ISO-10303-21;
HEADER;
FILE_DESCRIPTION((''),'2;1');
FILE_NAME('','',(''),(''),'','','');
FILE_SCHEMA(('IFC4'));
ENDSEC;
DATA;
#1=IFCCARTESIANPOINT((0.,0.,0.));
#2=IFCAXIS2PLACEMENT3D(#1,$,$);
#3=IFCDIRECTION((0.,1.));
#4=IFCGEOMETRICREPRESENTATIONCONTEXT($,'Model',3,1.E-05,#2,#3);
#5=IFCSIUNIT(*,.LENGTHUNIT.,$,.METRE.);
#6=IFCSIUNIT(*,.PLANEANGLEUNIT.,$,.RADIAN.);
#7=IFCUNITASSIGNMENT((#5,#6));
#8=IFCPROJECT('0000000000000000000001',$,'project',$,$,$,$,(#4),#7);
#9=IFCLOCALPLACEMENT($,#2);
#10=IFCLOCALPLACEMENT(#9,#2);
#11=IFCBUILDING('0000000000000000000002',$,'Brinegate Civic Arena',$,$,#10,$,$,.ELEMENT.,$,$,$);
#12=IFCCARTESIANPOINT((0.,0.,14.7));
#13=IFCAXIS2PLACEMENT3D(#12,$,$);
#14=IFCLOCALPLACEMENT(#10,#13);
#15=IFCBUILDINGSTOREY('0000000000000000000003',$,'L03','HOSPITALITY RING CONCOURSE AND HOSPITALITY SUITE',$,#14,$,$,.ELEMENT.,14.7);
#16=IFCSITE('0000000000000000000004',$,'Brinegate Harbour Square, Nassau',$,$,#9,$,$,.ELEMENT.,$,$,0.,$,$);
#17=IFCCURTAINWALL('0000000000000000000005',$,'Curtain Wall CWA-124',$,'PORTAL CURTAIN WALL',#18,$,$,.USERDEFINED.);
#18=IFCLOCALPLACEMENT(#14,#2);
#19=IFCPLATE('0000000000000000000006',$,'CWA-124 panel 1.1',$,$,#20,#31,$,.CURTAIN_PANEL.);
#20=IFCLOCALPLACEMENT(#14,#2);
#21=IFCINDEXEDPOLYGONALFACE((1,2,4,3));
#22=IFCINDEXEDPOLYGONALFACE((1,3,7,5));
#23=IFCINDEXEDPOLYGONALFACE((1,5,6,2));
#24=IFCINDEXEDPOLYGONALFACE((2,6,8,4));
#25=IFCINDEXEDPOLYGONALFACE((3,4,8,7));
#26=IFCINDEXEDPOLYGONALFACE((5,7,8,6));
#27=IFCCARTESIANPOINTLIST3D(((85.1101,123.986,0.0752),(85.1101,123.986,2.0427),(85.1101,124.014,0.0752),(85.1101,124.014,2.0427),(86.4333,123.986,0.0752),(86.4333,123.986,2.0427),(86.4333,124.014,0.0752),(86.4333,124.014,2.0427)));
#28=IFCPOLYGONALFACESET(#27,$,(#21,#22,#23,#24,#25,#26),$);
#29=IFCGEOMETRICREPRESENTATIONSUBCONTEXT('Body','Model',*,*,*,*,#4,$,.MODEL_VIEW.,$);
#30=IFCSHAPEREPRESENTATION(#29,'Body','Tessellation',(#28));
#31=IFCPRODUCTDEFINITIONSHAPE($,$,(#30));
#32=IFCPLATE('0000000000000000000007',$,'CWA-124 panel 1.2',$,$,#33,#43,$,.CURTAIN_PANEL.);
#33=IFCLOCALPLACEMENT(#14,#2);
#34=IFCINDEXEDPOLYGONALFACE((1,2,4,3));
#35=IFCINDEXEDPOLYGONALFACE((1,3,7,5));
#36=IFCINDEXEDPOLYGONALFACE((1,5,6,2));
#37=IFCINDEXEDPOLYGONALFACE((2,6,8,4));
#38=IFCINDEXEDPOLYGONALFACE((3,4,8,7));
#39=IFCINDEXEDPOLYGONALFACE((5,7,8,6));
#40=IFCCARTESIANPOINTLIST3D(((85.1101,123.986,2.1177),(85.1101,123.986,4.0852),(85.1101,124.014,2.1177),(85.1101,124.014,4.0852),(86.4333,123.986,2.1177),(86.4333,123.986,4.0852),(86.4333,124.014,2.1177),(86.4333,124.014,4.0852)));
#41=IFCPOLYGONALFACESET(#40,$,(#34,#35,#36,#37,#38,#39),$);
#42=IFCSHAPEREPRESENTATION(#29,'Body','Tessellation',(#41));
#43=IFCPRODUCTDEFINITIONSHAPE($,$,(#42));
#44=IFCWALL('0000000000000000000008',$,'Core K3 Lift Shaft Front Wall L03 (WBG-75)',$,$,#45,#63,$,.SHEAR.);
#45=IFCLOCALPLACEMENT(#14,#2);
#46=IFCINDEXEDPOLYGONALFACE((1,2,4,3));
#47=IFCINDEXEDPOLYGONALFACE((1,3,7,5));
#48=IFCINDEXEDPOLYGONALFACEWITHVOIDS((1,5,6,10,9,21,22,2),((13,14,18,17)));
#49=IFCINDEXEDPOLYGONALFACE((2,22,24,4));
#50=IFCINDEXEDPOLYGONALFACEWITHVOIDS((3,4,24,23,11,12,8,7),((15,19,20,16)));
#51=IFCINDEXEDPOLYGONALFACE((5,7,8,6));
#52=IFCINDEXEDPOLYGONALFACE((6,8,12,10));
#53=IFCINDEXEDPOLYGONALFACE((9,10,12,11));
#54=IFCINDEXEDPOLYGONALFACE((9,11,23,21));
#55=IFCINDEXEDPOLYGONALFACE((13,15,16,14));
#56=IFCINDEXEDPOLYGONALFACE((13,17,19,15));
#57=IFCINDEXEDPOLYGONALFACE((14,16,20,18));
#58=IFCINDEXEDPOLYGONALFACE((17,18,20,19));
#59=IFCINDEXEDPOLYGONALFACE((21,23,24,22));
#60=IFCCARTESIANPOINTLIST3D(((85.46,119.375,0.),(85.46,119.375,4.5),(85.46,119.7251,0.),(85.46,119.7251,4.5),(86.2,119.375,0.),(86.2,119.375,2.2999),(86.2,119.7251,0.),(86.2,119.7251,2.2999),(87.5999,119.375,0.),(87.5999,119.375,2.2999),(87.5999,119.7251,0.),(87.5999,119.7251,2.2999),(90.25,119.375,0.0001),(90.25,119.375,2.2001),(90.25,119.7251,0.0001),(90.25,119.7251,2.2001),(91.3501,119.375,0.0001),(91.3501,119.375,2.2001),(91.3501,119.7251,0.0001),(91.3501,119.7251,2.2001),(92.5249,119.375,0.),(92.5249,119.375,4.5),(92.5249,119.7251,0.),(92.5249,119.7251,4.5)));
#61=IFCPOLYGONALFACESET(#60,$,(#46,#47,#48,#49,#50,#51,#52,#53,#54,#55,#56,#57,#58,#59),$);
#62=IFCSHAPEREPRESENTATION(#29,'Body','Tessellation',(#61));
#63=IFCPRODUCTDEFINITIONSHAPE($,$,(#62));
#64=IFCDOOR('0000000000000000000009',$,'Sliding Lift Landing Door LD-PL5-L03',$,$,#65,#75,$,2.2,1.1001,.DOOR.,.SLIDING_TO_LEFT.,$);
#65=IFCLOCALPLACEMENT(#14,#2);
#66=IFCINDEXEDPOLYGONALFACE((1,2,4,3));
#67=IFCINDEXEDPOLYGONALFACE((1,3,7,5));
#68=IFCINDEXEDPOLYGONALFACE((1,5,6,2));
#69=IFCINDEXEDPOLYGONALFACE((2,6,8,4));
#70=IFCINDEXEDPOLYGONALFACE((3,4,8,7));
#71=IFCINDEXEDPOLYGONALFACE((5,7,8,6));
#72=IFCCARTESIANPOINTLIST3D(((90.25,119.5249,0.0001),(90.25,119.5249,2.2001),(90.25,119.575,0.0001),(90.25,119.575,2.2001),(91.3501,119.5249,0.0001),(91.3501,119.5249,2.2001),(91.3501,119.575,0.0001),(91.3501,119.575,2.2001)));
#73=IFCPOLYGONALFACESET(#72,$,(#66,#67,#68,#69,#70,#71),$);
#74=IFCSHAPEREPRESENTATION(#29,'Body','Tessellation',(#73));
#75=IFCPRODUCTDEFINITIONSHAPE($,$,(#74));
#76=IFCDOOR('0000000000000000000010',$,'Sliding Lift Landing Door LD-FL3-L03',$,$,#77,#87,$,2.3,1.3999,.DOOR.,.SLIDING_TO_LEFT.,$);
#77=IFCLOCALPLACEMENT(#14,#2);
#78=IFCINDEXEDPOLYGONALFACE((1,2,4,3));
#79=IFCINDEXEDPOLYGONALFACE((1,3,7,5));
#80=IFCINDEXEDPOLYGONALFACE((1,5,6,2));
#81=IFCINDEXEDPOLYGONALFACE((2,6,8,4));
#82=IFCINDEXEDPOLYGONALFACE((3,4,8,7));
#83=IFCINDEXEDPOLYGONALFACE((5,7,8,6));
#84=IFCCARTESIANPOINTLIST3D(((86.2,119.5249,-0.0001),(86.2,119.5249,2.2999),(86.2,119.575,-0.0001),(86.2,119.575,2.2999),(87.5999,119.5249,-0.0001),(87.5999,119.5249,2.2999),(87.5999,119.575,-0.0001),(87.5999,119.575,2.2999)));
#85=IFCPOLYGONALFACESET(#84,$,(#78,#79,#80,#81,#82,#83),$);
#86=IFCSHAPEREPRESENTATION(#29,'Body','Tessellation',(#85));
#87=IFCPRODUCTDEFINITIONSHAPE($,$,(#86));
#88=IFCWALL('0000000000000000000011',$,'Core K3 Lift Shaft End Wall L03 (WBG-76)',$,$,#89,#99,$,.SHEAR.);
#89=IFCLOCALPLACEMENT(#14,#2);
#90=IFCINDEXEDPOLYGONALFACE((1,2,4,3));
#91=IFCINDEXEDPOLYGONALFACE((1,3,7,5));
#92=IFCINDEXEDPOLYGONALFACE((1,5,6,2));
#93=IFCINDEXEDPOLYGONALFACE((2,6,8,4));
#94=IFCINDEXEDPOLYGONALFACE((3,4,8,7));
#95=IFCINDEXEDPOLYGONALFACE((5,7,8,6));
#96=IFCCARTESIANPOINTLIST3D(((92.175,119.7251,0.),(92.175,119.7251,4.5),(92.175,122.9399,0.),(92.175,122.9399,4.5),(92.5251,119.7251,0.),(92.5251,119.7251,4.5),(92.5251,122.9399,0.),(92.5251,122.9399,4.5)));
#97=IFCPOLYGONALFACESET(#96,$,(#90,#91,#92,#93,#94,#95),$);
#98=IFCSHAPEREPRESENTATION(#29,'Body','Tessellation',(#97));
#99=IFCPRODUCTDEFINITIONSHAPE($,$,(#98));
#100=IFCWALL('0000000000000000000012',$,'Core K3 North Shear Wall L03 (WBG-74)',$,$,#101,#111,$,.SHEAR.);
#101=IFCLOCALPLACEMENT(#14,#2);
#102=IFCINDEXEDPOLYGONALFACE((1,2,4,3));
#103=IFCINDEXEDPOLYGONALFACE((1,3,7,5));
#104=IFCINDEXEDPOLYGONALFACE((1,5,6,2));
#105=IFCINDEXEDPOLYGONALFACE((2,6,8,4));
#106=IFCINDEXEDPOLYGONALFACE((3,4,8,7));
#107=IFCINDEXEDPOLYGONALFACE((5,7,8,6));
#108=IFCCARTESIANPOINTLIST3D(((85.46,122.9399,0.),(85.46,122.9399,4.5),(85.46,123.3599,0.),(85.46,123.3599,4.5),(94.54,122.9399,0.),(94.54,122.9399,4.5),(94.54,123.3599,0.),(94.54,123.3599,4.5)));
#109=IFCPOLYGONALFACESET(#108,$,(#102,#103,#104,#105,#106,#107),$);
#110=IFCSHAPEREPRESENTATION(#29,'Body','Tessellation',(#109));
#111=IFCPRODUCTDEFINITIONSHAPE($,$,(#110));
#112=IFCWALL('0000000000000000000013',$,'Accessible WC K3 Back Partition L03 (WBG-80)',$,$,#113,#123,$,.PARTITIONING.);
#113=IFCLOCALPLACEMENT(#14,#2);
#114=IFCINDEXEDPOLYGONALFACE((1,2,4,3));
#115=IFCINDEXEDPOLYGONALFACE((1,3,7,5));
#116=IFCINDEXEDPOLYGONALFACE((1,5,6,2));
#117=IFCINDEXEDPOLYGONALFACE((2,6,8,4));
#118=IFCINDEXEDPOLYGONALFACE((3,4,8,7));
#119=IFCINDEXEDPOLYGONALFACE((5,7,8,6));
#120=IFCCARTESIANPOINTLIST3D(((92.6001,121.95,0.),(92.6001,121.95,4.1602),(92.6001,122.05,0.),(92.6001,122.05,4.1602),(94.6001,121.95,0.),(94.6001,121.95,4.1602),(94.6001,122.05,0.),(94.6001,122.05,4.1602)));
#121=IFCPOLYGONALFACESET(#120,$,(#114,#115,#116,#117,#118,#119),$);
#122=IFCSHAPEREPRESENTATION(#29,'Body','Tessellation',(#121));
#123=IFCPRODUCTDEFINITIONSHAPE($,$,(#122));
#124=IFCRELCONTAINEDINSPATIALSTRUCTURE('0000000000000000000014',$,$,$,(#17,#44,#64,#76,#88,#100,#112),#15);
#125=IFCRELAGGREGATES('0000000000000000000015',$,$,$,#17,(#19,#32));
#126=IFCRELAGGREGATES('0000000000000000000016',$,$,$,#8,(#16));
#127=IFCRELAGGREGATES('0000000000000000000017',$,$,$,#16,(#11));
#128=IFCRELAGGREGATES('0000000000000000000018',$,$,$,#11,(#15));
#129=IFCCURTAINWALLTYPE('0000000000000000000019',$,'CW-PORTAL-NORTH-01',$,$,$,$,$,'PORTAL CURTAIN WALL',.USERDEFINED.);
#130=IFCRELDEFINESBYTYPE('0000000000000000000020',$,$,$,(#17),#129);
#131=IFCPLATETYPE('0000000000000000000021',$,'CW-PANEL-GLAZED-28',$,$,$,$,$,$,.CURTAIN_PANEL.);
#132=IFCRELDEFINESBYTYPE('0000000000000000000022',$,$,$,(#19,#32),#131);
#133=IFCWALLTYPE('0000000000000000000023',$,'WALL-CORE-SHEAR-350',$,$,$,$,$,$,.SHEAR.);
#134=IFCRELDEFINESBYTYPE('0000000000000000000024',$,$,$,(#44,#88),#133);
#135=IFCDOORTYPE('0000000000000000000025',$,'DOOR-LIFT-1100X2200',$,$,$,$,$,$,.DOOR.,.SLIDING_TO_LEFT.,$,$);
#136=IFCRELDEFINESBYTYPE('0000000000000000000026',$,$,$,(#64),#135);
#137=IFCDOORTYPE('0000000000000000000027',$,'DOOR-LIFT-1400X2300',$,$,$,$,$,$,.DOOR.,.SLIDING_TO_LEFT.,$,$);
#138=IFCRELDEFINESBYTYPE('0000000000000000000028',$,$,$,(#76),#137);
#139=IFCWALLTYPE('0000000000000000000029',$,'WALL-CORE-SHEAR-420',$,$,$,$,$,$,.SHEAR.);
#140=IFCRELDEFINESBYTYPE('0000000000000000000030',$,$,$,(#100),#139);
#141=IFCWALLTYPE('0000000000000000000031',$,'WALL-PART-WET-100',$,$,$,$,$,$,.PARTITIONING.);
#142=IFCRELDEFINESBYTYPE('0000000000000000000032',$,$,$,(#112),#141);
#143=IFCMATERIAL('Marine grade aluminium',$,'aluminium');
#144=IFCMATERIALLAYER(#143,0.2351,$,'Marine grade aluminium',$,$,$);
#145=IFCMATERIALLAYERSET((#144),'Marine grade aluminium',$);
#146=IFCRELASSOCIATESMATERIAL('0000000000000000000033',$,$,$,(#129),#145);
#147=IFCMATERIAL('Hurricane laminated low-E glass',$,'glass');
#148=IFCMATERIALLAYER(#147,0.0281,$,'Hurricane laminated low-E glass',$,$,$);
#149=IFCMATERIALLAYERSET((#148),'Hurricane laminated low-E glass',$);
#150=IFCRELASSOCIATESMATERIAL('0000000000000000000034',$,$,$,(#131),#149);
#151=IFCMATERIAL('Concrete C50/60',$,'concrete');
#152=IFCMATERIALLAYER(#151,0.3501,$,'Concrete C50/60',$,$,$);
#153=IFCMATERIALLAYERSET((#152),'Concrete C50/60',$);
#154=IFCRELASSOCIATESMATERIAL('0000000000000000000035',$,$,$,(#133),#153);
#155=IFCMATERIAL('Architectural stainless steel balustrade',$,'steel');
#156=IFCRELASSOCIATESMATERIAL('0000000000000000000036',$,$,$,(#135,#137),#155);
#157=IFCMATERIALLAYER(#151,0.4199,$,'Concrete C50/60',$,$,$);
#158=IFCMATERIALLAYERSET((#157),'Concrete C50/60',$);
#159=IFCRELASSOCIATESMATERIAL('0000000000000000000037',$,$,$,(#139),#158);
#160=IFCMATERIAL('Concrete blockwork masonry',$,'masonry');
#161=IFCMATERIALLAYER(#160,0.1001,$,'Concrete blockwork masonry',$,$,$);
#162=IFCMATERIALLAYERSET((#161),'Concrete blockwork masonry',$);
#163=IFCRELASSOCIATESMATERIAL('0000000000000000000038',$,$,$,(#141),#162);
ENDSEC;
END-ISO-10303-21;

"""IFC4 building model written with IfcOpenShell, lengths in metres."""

from ifc_helpers import new_model, si_unit, direction, frame, frame_2d, origin, origin_2d, place, context, subcontext, project, spatial, rectangle, extrude, material, layer, layer_set, type_object, element, fill, aggregate, save


model = new_model("IFC4")

# Units and contexts
model_context = context("Model", 3, precision=1e-05, world=origin(), true_north=direction((0.0, 1.0)))
body_context = subcontext(model_context, "Body", "Model", "MODEL_VIEW")
ifc_project = project(units=[si_unit("LENGTHUNIT", "METRE"), si_unit("PLANEANGLEUNIT", "RADIAN")], contexts=[model_context])

# Site, building, storey
site_placement = place(None, origin())
site = spatial("IfcSite", under=ifc_project, at=site_placement, Name="Brinegate Harbour Square, Nassau", CompositionType="ELEMENT", RefElevation=0.0)
building_placement = place(site_placement, origin())
building = spatial("IfcBuilding", under=site, at=building_placement, Name="Brinegate Civic Arena", CompositionType="ELEMENT")
storey_placement = place(building_placement, frame((0.0, 0.0, 14.7)))
storey = spatial("IfcBuildingStorey", under=building, at=storey_placement, Name="L03", Description="HOSPITALITY RING CONCOURSE AND HOSPITALITY SUITE", CompositionType="ELEMENT", Elevation=14.7)

# Curtain wall
ifc_material_1 = material(Name="Marine grade aluminium", Category="aluminium")
ifc_layer_1 = layer(ifc_material_1, 0.2351, Name="Marine grade aluminium")
ifc_layer_set_1 = layer_set([ifc_layer_1], Name="Marine grade aluminium")
curtain_wall_type = type_object("IfcCurtainWallType", Name="CW-PORTAL-NORTH-01", ElementType="PORTAL CURTAIN WALL", PredefinedType="USERDEFINED", material=ifc_layer_set_1)
curtain_wall_placement = place(storey_placement, origin())
curtain_wall = element("IfcCurtainWall", 1, at=curtain_wall_placement, inside=storey, type_object=curtain_wall_type, Name="Curtain Wall CWA-124", ObjectType="PORTAL CURTAIN WALL", PredefinedType="USERDEFINED")

# Plates
ifc_material_2 = material(Name="Hurricane laminated low-E glass", Category="glass")
ifc_layer_2 = layer(ifc_material_2, 0.0281, Name="Hurricane laminated low-E glass")
ifc_layer_set_2 = layer_set([ifc_layer_2], Name="Hurricane laminated low-E glass")
plate_type = type_object("IfcPlateType", Name="CW-PANEL-GLAZED-28", PredefinedType="CURTAIN_PANEL", material=ifc_layer_set_2)
plate_1_placement = place(storey_placement, frame((85.7717, 124.0, 0.0752), z_axis=(0.0, 0.0, 1.0), x_axis=(1.0, 0.0, 0.0)))
plate_1 = element("IfcPlate", 2, at=plate_1_placement, type_object=plate_type, Name="CWA-124 panel 1.1", PredefinedType="CURTAIN_PANEL", context=body_context, shape_type="SweptSolid", body=[
    extrude(rectangle(XDim=1.3232, YDim=0.0281, at=origin_2d()), origin(), (0.0, 0.0, 1.0), 1.9675),
])
plate_2_placement = place(storey_placement, frame((85.7717, 124.0, 2.1177), z_axis=(0.0, 0.0, 1.0), x_axis=(1.0, 0.0, 0.0)))
plate_2 = element("IfcPlate", 3, at=plate_2_placement, type_object=plate_type, Name="CWA-124 panel 1.2", PredefinedType="CURTAIN_PANEL", context=body_context, shape_type="SweptSolid", body=[
    extrude(rectangle(XDim=1.3232, YDim=0.0281, at=origin_2d()), origin(), (0.0, 0.0, 1.0), 1.9675),
])
aggregate(curtain_wall, [plate_1, plate_2])

# Wall, openings, doors
ifc_material_3 = material(Name="Concrete C50/60", Category="concrete")
ifc_layer_3 = layer(ifc_material_3, 0.3501, Name="Concrete C50/60")
ifc_layer_set_3 = layer_set([ifc_layer_3], Name="Concrete C50/60")
wall_type_1 = type_object("IfcWallType", Name="WALL-CORE-SHEAR-350", PredefinedType="SHEAR", material=ifc_layer_set_3)
wall_1_placement = place(storey_placement, frame((85.46, 119.55, 0.0), z_axis=(0.0, 0.0, 1.0), x_axis=(1.0, 0.0, 0.0)))
wall_1 = element("IfcWall", 4, at=wall_1_placement, inside=storey, type_object=wall_type_1, Name="Core K3 Lift Shaft Front Wall L03 (WBG-75)", PredefinedType="SHEAR", context=body_context, shape_type="SweptSolid", body=[
    extrude(rectangle(XDim=7.0649, YDim=0.3501, at=frame_2d((3.5325, 0.0))), origin(), (0.0, 0.0, 1.0), 4.5),
])
opening_1_placement = place(wall_1_placement, frame((0.74, 0.0, 0.0)))
opening_1 = element("IfcOpeningElement", 5, at=opening_1_placement, cuts=wall_1, PredefinedType="OPENING", context=body_context, shape_type="SweptSolid", body=[
    extrude(rectangle(XDim=1.3999, YDim=2.3, at=frame_2d((0.7, 1.1499))), frame((0.0, 0.1851, 0.0), z_axis=(0.0, -1.0, 0.0), x_axis=(1.0, 0.0, 0.0)), (0.0, 0.0, 1.0), 0.3701),
])
opening_2_placement = place(wall_1_placement, frame((4.79, 0.0, 0.0)))
opening_2 = element("IfcOpeningElement", 6, at=opening_2_placement, cuts=wall_1, PredefinedType="OPENING", context=body_context, shape_type="SweptSolid", body=[
    extrude(rectangle(XDim=1.1001, YDim=2.2, at=frame_2d((0.55, 1.1001))), frame((0.0, 0.1851, 0.0), z_axis=(0.0, -1.0, 0.0), x_axis=(1.0, 0.0, 0.0)), (0.0, 0.0, 1.0), 0.3701),
])
ifc_material_4 = material(Name="Architectural stainless steel balustrade", Category="steel")
door_type_1 = type_object("IfcDoorType", Name="DOOR-LIFT-1100X2200", OperationType="SLIDING_TO_LEFT", PredefinedType="DOOR", material=ifc_material_4)
door_1_placement = place(opening_2_placement, origin())
door_1 = element("IfcDoor", 7, at=door_1_placement, inside=storey, type_object=door_type_1, Name="Sliding Lift Landing Door LD-PL5-L03", OperationType="SLIDING_TO_LEFT", OverallHeight=2.2, OverallWidth=1.1001, PredefinedType="DOOR", context=body_context, shape_type="SweptSolid", body=[
    extrude(rectangle(XDim=1.1001, YDim=2.2, at=frame_2d((0.55, 1.1001))), frame((0.0, 0.0249, 0.0), z_axis=(0.0, -1.0, 0.0), x_axis=(1.0, 0.0, 0.0)), (0.0, 0.0, 1.0), 0.05),
])
fill(opening_2, door_1)
door_type_2 = type_object("IfcDoorType", Name="DOOR-LIFT-1400X2300", OperationType="SLIDING_TO_LEFT", PredefinedType="DOOR", material=ifc_material_4)
door_2_placement = place(opening_1_placement, origin())
door_2 = element("IfcDoor", 8, at=door_2_placement, inside=storey, type_object=door_type_2, Name="Sliding Lift Landing Door LD-FL3-L03", OperationType="SLIDING_TO_LEFT", OverallHeight=2.3, OverallWidth=1.3999, PredefinedType="DOOR", context=body_context, shape_type="SweptSolid", body=[
    extrude(rectangle(XDim=1.3999, YDim=2.3, at=frame_2d((0.7, 1.1499))), frame((0.0, 0.0249, 0.0), z_axis=(0.0, -1.0, 0.0), x_axis=(1.0, 0.0, 0.0)), (0.0, 0.0, 1.0), 0.05),
])
fill(opening_1, door_2)

# Walls
wall_2_placement = place(storey_placement, frame((92.3501, 119.7251, 0.0), z_axis=(0.0, 0.0, 1.0), x_axis=(0.0, 1.0, 0.0)))
element("IfcWall", 9, at=wall_2_placement, inside=storey, type_object=wall_type_1, Name="Core K3 Lift Shaft End Wall L03 (WBG-76)", PredefinedType="SHEAR", context=body_context, shape_type="SweptSolid", body=[
    extrude(rectangle(XDim=3.2148, YDim=0.3501, at=frame_2d((1.6074, 0.0))), origin(), (0.0, 0.0, 1.0), 4.5),
])
ifc_layer_4 = layer(ifc_material_3, 0.4199, Name="Concrete C50/60")
ifc_layer_set_4 = layer_set([ifc_layer_4], Name="Concrete C50/60")
wall_type_2 = type_object("IfcWallType", Name="WALL-CORE-SHEAR-420", PredefinedType="SHEAR", material=ifc_layer_set_4)
wall_3_placement = place(storey_placement, frame((85.46, 123.1499, 0.0), z_axis=(0.0, 0.0, 1.0), x_axis=(1.0, 0.0, 0.0)))
element("IfcWall", 10, at=wall_3_placement, inside=storey, type_object=wall_type_2, Name="Core K3 North Shear Wall L03 (WBG-74)", PredefinedType="SHEAR", context=body_context, shape_type="SweptSolid", body=[
    extrude(rectangle(XDim=9.0801, YDim=0.4199, at=frame_2d((4.54, 0.0))), origin(), (0.0, 0.0, 1.0), 4.5),
])
ifc_material_5 = material(Name="Concrete blockwork masonry", Category="masonry")
ifc_layer_5 = layer(ifc_material_5, 0.1001, Name="Concrete blockwork masonry")
ifc_layer_set_5 = layer_set([ifc_layer_5], Name="Concrete blockwork masonry")
wall_type_3 = type_object("IfcWallType", Name="WALL-PART-WET-100", PredefinedType="PARTITIONING", material=ifc_layer_set_5)
wall_4_placement = place(storey_placement, frame((92.6001, 122.0, 0.0), z_axis=(0.0, 0.0, 1.0), x_axis=(1.0, 0.0, 0.0)))
element("IfcWall", 11, at=wall_4_placement, inside=storey, type_object=wall_type_3, Name="Accessible WC K3 Back Partition L03 (WBG-80)", PredefinedType="PARTITIONING", context=body_context, shape_type="SweptSolid", body=[
    extrude(rectangle(XDim=2.0, YDim=0.1001, at=frame_2d((1.0, 0.0))), origin(), (0.0, 0.0, 1.0), 4.1602),
])

save(model, "model.ifc")
